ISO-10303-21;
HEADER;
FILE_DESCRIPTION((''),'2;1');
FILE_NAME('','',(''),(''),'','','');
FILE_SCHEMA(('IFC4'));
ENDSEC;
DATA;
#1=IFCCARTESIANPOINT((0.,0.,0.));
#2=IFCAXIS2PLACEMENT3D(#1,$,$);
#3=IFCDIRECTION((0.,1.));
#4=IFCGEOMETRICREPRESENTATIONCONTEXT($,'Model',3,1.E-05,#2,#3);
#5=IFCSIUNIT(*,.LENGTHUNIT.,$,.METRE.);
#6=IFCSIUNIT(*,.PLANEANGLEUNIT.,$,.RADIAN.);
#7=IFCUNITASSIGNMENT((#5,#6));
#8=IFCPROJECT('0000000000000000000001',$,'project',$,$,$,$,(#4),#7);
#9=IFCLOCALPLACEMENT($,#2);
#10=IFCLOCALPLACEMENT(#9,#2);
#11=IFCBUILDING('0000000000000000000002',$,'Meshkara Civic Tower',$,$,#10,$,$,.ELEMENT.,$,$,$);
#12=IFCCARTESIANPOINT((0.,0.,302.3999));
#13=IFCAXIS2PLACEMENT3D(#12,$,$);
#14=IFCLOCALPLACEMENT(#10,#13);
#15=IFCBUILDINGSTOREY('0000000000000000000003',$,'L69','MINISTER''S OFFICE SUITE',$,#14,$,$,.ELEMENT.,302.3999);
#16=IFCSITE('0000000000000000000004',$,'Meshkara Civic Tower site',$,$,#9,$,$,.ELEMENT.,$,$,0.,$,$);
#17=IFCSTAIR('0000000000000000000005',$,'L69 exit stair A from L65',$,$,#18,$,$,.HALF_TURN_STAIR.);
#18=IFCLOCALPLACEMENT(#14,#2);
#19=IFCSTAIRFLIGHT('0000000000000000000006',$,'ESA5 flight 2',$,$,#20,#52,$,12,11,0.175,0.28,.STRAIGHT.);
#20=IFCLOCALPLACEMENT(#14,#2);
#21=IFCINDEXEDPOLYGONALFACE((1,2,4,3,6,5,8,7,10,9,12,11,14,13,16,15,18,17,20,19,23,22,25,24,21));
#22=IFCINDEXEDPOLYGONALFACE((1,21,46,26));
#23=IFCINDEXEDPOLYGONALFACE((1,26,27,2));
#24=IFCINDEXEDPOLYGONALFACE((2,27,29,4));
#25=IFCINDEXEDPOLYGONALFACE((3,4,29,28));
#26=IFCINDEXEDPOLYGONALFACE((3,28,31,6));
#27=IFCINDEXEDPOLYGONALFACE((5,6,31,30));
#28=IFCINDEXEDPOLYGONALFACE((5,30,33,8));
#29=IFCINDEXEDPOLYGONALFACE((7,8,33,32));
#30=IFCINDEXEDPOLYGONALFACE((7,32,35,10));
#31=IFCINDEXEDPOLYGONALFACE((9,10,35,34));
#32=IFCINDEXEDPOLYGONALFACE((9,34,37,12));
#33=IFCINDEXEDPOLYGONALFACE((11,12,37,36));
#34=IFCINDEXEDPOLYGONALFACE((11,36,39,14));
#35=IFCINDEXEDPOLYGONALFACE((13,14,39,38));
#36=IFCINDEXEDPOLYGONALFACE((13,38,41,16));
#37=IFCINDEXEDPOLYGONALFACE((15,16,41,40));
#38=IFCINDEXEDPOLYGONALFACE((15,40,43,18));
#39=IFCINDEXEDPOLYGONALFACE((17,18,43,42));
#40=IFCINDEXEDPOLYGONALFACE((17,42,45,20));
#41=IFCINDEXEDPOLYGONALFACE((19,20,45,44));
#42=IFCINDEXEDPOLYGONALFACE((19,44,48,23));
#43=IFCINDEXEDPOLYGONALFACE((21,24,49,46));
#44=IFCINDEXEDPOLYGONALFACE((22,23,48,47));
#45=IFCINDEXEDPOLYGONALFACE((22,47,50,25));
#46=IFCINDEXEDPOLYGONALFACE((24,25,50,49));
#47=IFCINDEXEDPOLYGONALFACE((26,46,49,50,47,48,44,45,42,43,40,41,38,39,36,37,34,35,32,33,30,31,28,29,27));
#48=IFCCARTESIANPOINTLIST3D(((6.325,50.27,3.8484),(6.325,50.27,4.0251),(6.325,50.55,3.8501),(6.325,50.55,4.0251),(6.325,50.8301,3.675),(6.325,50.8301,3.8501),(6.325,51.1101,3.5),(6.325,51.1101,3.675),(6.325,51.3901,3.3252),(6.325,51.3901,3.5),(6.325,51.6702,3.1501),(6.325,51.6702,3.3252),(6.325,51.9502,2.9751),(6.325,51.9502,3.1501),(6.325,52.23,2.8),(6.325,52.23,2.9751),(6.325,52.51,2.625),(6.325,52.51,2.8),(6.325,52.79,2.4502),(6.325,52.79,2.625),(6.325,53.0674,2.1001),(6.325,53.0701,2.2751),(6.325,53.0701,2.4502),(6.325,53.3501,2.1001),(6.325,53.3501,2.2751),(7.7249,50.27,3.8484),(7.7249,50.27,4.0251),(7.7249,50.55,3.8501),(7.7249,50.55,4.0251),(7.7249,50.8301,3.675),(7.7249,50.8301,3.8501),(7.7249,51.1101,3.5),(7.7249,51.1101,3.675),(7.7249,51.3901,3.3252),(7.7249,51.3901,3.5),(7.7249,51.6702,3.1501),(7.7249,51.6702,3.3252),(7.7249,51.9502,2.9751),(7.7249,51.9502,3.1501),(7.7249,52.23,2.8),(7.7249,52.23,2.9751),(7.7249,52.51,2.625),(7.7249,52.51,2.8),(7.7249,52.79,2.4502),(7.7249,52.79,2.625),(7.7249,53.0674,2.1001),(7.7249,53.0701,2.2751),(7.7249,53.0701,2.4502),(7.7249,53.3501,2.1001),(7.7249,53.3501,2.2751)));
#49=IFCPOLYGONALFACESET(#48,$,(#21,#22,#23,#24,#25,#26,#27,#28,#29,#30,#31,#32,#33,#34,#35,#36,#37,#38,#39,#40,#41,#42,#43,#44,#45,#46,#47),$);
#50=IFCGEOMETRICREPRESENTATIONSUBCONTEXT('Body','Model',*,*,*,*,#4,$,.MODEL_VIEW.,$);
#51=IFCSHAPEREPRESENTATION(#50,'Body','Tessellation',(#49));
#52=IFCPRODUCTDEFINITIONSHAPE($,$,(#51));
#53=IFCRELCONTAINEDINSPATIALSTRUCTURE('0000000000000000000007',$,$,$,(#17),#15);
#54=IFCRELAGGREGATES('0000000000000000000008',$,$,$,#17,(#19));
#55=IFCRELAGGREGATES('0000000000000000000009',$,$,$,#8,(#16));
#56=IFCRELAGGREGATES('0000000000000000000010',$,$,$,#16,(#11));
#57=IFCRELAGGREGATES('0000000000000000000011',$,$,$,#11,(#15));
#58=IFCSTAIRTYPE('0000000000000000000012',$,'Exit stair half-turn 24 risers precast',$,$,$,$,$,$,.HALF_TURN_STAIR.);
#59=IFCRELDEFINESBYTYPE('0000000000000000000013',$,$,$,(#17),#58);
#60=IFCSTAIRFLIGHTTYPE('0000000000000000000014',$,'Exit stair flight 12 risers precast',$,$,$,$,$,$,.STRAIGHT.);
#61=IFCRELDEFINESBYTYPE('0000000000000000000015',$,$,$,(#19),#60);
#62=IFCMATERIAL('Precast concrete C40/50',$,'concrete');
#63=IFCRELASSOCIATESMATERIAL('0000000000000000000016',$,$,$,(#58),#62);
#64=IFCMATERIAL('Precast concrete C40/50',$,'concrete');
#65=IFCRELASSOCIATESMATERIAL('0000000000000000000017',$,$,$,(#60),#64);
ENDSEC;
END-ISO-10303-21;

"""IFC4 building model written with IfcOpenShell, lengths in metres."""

from ifc_helpers import new_model, si_unit, direction, frame, origin, place, context, subcontext, project, spatial, polyline, outline, extrude, material, type_object, element, aggregate, save


model = new_model("IFC4")

# Units and contexts
model_context = context("Model", 3, precision=1e-05, world=origin(), true_north=direction((0.0, 1.0)))
body_context = subcontext(model_context, "Body", "Model", "MODEL_VIEW")
ifc_project = project(units=[si_unit("LENGTHUNIT", "METRE"), si_unit("PLANEANGLEUNIT", "RADIAN")], contexts=[model_context])

# Site, building, storey
site_placement = place(None, origin())
site = spatial("IfcSite", under=ifc_project, at=site_placement, Name="Meshkara Civic Tower site", CompositionType="ELEMENT", RefElevation=0.0)
building_placement = place(site_placement, origin())
building = spatial("IfcBuilding", under=site, at=building_placement, Name="Meshkara Civic Tower", CompositionType="ELEMENT")
storey_placement = place(building_placement, frame((0.0, 0.0, 302.3999)))
storey = spatial("IfcBuildingStorey", under=building, at=storey_placement, Name="L69", Description="MINISTER'S OFFICE SUITE", CompositionType="ELEMENT", Elevation=302.3999)

# Stair, stair flight
ifc_material_1 = material(Name="Precast concrete C40/50", Category="concrete")
stair_type = type_object("IfcStairType", Name="Exit stair half-turn 24 risers precast", PredefinedType="HALF_TURN_STAIR", material=ifc_material_1)
stair_placement = place(storey_placement, origin())
stair = element("IfcStair", 1, at=stair_placement, inside=storey, type_object=stair_type, Name="L69 exit stair A from L65", PredefinedType="HALF_TURN_STAIR")
ifc_material_2 = material(Name="Precast concrete C40/50", Category="concrete")
stair_flight_type = type_object("IfcStairFlightType", Name="Exit stair flight 12 risers precast", PredefinedType="STRAIGHT", material=ifc_material_2)
stair_flight_1_placement = place(storey_placement, frame((7.0249, 53.3501, 2.1001), z_axis=(0.0, 0.0, 1.0), x_axis=(0.0, -1.0, 0.0)))
stair_flight_1 = element("IfcStairFlight", 2, at=stair_flight_1_placement, type_object=stair_flight_type, Name="ESA5 flight 2", NumberOfRisers=12, NumberOfTreads=11, PredefinedType="STRAIGHT", RiserHeight=0.175, TreadLength=0.28, context=body_context, shape_type="SweptSolid", body=[
    extrude(outline(polyline([(0.0, 0.0), (0.0, 0.175), (0.28, 0.175), (0.28, 0.3501), (0.5601, 0.3501), (0.5601, 0.5249), (0.8401, 0.5249), (0.8401, 0.7), (1.1201, 0.7), (1.1201, 0.875), (1.3999, 0.875), (1.3999, 1.05), (1.6799, 1.05), (1.6799, 1.2251), (1.96, 1.2251), (1.96, 1.3999), (2.24, 1.3999), (2.24, 1.575), (2.52, 1.575), (2.52, 1.75), (2.8, 1.75), (2.8, 1.925), (3.0801, 1.925), (3.0801, 2.1001), (3.0801, 1.7483), (0.2827, 0.0), (0.0, 0.0)])), frame((0.0, 0.7, 0.0), z_axis=(0.0, -1.0, 0.0), x_axis=(1.0, 0.0, 0.0)), (0.0, 0.0, 1.0), 1.3999),
])
aggregate(stair, [stair_flight_1])

save(model, "model.ifc")
